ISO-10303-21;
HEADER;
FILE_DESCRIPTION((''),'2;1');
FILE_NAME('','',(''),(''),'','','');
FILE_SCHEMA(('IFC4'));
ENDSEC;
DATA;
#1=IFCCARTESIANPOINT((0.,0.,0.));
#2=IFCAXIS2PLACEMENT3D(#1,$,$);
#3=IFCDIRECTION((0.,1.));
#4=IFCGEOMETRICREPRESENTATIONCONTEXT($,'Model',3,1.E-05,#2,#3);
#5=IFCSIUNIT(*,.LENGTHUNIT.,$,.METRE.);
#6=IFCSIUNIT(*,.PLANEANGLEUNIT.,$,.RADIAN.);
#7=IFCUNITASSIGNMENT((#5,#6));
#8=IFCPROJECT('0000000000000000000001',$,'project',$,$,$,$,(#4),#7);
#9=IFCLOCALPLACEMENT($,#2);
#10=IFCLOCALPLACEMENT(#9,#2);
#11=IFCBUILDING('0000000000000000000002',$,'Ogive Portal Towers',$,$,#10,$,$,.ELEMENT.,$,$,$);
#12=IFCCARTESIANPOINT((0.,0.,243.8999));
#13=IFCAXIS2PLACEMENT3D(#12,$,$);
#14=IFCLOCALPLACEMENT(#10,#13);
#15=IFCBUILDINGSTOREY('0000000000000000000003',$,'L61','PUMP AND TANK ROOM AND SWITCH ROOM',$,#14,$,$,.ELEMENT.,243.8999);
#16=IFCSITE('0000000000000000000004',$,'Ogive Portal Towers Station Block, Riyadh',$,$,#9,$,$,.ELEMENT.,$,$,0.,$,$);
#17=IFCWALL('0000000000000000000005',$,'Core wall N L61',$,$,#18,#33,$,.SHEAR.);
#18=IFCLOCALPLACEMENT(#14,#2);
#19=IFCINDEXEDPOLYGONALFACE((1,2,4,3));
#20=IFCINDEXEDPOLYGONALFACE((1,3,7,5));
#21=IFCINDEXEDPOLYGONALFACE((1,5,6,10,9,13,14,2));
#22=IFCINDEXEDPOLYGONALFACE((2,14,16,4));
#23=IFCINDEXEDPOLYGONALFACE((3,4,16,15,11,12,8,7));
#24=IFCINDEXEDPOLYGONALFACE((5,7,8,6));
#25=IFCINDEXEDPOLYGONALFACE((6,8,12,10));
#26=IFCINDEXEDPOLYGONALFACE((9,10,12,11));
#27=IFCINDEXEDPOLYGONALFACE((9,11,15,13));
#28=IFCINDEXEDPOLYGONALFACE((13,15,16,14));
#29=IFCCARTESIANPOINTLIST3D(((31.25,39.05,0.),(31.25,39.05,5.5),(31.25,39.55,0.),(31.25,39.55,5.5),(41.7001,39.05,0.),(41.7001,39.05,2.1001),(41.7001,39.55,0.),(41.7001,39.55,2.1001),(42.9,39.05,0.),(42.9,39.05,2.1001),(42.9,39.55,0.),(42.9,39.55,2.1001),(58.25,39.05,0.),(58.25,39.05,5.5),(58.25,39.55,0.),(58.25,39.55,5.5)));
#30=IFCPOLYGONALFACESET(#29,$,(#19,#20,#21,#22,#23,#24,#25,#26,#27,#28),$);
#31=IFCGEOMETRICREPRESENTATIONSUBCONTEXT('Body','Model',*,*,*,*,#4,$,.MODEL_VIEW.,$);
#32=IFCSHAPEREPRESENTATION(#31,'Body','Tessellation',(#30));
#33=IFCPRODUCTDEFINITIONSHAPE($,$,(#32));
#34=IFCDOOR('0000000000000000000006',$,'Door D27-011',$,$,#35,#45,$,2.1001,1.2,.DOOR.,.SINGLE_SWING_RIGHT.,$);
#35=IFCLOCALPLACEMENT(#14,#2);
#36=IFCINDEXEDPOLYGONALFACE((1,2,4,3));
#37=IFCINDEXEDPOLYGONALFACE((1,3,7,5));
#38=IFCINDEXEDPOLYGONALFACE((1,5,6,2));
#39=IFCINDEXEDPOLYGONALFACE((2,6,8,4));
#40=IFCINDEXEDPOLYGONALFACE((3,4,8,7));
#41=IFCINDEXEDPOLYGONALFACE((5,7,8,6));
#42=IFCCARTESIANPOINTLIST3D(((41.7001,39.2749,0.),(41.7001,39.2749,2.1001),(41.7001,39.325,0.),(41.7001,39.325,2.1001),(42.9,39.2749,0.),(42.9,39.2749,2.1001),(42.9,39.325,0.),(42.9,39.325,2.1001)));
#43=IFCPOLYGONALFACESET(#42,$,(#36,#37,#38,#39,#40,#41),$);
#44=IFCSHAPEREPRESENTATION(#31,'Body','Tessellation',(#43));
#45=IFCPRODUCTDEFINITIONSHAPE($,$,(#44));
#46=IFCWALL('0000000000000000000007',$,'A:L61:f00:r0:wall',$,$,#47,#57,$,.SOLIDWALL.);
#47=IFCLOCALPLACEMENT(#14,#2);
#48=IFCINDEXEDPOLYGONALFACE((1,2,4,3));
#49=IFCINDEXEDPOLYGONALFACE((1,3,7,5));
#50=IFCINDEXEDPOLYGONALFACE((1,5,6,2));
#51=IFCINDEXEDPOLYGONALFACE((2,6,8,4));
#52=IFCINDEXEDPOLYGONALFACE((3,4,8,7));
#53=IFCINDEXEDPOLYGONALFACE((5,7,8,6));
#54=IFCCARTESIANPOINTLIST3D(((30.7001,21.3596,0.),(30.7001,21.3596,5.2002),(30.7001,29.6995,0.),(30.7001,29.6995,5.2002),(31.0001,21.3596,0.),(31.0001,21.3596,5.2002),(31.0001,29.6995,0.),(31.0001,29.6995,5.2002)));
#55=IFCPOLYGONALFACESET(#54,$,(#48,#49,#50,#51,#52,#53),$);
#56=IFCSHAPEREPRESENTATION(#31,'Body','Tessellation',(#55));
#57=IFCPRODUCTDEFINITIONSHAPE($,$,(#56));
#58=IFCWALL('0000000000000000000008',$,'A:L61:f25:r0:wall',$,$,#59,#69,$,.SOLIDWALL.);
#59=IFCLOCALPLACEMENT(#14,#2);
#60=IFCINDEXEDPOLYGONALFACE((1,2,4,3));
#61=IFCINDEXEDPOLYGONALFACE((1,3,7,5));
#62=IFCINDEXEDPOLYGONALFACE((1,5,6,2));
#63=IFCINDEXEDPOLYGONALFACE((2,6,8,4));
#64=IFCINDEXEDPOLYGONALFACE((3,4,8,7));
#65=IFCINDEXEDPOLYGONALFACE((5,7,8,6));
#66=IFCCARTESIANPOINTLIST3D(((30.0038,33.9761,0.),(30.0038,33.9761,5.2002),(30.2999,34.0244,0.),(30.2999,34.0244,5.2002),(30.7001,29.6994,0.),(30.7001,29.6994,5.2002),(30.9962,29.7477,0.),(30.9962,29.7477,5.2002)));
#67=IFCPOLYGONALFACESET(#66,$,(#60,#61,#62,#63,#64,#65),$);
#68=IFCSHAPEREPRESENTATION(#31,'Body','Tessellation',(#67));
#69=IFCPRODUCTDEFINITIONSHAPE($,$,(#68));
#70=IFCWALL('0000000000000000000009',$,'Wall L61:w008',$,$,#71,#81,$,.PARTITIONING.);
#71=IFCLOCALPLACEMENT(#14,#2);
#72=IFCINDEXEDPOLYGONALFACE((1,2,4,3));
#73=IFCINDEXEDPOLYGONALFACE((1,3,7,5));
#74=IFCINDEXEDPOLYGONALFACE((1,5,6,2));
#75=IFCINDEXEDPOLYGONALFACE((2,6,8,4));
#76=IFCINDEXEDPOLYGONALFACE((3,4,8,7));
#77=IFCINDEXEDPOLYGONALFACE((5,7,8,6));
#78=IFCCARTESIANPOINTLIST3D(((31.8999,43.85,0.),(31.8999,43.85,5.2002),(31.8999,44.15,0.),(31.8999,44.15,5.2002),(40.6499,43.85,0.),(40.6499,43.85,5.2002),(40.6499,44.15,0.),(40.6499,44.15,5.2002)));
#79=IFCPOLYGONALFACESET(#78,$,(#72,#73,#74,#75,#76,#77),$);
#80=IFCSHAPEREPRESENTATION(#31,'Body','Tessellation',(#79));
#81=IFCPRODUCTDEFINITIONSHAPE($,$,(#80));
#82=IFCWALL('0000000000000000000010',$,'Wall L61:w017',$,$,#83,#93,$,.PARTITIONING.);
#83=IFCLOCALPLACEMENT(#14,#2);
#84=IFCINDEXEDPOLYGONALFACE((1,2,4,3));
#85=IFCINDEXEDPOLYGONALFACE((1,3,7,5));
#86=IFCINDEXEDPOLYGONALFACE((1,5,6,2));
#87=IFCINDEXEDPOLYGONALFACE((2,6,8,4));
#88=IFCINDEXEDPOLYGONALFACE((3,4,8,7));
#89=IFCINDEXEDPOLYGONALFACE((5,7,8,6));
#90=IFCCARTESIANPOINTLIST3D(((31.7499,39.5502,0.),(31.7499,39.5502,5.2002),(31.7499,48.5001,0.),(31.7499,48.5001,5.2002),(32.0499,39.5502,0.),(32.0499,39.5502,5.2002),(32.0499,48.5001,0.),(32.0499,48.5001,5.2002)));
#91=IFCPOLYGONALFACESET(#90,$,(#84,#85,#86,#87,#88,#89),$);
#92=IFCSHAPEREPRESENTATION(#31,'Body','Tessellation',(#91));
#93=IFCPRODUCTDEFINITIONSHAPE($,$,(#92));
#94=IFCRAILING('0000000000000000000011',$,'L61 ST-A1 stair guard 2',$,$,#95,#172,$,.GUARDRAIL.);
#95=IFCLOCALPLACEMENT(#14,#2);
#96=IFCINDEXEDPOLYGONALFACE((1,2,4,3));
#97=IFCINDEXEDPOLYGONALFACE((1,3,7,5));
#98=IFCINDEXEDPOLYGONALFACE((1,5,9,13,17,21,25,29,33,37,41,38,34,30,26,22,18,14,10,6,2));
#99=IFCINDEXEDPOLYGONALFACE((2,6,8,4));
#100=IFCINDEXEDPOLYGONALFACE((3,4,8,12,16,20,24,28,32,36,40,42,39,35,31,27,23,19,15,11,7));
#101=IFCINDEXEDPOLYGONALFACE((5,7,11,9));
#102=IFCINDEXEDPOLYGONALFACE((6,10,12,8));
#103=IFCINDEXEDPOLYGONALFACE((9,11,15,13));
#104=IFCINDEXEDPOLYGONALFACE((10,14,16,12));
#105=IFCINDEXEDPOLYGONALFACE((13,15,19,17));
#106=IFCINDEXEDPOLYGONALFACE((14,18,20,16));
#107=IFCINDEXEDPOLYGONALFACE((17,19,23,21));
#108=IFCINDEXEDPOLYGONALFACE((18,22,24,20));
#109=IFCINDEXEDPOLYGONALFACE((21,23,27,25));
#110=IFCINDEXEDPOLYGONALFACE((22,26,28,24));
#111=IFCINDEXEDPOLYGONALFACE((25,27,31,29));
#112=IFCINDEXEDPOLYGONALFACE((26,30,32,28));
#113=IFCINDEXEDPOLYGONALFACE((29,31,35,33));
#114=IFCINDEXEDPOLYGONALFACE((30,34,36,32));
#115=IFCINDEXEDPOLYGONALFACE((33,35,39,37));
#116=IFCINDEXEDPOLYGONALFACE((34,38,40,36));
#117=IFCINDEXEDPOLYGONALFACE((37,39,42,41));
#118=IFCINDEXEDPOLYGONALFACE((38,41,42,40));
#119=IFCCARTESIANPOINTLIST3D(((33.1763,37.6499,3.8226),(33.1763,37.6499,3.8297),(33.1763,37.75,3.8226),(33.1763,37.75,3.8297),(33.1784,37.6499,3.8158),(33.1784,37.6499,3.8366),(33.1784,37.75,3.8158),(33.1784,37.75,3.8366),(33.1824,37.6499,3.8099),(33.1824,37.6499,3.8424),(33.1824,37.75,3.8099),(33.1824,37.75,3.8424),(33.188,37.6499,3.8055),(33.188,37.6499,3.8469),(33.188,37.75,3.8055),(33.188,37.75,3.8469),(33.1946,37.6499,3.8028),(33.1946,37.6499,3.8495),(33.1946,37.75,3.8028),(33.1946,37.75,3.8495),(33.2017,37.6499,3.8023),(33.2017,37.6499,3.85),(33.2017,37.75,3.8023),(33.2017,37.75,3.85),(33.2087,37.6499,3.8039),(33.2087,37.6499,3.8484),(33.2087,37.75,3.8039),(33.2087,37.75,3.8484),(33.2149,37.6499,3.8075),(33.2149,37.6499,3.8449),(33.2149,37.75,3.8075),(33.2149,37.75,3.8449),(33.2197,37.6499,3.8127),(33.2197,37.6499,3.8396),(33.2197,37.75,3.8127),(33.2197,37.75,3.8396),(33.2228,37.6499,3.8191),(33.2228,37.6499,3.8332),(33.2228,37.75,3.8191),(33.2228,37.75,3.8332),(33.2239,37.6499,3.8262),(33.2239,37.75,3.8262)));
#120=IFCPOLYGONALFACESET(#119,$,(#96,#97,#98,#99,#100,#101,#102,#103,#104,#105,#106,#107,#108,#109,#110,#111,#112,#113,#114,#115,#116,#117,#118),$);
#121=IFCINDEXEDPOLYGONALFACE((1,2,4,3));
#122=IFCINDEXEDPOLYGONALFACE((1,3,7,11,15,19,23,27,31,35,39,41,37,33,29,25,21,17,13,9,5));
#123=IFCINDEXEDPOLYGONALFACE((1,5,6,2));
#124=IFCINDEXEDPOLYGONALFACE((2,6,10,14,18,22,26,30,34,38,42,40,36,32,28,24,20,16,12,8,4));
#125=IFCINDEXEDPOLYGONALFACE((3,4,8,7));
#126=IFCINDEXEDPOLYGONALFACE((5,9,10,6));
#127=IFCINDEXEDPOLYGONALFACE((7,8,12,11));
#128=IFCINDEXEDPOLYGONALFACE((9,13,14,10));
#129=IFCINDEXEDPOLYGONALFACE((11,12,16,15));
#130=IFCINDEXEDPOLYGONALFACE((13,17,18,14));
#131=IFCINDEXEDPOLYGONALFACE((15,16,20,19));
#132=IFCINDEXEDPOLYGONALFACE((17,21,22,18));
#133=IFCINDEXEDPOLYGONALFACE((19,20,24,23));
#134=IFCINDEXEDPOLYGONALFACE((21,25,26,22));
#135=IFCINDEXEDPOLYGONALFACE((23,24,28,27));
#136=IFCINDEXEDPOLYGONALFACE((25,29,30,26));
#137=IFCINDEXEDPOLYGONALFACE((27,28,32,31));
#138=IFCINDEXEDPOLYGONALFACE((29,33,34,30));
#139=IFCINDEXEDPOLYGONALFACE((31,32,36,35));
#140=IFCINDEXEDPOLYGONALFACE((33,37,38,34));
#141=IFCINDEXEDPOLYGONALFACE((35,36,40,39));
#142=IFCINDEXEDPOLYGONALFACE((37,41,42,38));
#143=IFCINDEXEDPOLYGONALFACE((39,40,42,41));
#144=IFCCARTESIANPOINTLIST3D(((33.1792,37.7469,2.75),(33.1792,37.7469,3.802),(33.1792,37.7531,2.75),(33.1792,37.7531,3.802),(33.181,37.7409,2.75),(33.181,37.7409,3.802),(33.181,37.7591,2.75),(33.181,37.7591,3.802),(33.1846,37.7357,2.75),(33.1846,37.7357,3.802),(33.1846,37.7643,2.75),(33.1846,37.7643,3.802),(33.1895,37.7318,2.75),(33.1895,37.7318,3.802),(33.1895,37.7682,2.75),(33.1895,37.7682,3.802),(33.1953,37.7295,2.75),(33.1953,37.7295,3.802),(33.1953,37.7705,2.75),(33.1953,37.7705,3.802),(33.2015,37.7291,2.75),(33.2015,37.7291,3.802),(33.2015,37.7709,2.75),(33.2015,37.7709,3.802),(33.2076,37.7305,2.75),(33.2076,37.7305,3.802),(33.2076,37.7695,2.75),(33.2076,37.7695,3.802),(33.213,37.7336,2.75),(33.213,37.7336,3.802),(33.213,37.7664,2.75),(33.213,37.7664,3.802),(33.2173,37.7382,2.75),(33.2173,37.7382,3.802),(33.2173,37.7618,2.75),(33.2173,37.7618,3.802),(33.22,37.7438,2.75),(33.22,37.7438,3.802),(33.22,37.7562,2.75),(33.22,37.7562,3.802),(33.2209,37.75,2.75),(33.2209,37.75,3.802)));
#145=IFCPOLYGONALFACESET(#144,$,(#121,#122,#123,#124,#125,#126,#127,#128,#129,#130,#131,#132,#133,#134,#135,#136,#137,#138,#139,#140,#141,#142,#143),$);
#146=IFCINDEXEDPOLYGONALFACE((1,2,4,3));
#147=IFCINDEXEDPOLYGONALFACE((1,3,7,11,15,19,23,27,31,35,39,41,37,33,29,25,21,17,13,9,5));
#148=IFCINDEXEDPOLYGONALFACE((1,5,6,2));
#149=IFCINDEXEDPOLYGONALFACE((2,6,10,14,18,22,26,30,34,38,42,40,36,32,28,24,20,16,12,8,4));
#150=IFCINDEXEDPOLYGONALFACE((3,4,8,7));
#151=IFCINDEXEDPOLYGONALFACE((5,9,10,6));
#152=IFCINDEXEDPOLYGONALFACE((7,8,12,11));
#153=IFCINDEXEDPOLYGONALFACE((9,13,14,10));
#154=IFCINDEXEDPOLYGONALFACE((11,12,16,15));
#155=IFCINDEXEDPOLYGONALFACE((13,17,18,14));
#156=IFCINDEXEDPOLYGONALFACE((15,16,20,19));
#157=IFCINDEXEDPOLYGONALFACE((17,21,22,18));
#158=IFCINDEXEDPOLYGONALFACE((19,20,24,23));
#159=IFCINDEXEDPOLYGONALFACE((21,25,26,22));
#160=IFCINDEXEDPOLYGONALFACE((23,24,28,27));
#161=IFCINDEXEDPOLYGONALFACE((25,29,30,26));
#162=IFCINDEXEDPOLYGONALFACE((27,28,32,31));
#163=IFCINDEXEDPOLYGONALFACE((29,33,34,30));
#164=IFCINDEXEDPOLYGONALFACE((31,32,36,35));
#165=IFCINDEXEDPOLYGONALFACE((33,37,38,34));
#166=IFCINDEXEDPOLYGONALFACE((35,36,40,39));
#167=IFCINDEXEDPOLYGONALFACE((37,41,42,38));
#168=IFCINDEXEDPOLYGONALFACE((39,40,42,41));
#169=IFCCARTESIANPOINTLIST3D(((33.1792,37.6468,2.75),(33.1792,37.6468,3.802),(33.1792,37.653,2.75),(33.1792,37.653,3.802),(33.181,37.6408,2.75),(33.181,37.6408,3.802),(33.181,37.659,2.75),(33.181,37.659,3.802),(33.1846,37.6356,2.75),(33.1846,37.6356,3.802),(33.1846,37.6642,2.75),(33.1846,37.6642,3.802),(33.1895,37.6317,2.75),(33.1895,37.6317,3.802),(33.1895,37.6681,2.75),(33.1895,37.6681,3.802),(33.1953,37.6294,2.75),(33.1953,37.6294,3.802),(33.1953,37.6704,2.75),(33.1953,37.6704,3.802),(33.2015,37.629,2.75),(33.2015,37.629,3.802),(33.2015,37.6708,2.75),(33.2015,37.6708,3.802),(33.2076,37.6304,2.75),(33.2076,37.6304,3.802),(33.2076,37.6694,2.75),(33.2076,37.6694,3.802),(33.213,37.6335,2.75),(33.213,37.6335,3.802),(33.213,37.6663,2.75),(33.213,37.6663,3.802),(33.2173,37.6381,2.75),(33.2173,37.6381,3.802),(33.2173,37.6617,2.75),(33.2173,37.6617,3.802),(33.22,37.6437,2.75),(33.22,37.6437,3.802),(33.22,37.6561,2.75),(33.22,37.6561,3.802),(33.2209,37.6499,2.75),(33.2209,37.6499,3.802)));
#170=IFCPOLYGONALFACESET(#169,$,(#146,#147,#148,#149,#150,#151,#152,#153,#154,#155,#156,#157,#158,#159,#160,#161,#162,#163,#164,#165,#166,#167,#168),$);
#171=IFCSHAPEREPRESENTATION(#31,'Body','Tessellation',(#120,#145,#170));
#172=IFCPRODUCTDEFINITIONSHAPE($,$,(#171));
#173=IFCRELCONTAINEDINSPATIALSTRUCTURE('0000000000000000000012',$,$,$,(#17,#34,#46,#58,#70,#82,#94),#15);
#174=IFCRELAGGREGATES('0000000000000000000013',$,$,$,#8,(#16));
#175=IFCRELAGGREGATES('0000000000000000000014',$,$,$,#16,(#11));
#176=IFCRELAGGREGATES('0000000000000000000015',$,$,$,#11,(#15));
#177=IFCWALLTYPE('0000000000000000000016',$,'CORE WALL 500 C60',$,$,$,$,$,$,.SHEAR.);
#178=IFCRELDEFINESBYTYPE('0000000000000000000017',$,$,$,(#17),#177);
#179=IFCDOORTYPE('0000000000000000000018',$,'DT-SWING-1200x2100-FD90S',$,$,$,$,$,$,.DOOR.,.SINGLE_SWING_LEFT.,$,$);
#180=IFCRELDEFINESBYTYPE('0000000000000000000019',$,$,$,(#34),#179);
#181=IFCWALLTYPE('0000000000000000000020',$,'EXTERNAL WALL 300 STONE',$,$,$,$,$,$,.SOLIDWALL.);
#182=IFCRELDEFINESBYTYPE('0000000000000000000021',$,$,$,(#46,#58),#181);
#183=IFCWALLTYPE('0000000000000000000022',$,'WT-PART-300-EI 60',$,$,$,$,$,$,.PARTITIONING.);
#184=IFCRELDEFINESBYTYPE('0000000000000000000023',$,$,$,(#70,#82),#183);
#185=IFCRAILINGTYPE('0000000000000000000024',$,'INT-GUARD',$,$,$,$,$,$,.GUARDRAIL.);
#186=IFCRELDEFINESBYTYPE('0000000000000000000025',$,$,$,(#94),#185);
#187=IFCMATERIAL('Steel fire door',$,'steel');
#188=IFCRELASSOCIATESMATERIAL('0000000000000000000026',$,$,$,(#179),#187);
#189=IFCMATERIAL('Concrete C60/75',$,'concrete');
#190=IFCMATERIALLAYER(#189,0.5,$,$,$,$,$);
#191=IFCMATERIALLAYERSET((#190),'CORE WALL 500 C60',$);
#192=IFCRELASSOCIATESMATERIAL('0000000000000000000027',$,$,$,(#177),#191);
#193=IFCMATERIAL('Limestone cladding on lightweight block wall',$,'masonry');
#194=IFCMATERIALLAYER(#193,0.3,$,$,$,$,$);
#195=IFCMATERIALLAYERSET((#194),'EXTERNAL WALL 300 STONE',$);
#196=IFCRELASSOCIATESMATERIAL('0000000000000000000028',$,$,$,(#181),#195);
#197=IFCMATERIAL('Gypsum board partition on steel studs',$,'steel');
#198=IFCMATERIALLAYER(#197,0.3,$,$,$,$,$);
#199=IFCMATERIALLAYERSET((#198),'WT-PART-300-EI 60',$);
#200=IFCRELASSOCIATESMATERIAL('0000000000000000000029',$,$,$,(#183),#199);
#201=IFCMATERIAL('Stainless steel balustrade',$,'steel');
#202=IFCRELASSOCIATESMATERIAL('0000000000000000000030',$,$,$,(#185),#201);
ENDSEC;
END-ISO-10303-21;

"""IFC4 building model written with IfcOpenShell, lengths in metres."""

from ifc_helpers import new_model, si_unit, direction, frame, frame_2d, origin, origin_2d, place, context, subcontext, project, spatial, rectangle, circle, extrude, material, layer, layer_set, type_object, element, fill, save


model = new_model("IFC4")

# Units and contexts
model_context = context("Model", 3, precision=1e-05, world=origin(), true_north=direction((0.0, 1.0)))
body_context = subcontext(model_context, "Body", "Model", "MODEL_VIEW")
ifc_project = project(units=[si_unit("LENGTHUNIT", "METRE"), si_unit("PLANEANGLEUNIT", "RADIAN")], contexts=[model_context])

# Site, building, storey
site_placement = place(None, origin())
site = spatial("IfcSite", under=ifc_project, at=site_placement, Name="Ogive Portal Towers Station Block, Riyadh", CompositionType="ELEMENT", RefElevation=0.0)
building_placement = place(site_placement, origin())
building = spatial("IfcBuilding", under=site, at=building_placement, Name="Ogive Portal Towers", CompositionType="ELEMENT")
storey_placement = place(building_placement, frame((0.0, 0.0, 243.8999)))
storey = spatial("IfcBuildingStorey", under=building, at=storey_placement, Name="L61", Description="PUMP AND TANK ROOM AND SWITCH ROOM", CompositionType="ELEMENT", Elevation=243.8999)

# Shared definitions
ifc_material_1 = material(Name="Concrete C60/75", Category="concrete")
ifc_material_2 = material(Name="Steel fire door", Category="steel")

# Shared definitions
door_type_1 = type_object("IfcDoorType", Name="DT-SWING-1200x2100-FD90S", OperationType="SINGLE_SWING_LEFT", PredefinedType="DOOR", material=ifc_material_2)

# Wall, opening, door
ifc_layer_1 = layer(ifc_material_1, 0.5)
ifc_layer_set_1 = layer_set([ifc_layer_1], Name="CORE WALL 500 C60")
wall_type_1 = type_object("IfcWallType", Name="CORE WALL 500 C60", PredefinedType="SHEAR", material=ifc_layer_set_1)
wall_1_placement = place(storey_placement, frame((31.25, 39.3, 0.0), z_axis=(0.0, 0.0, 1.0), x_axis=(1.0, 0.0, 0.0)))
wall_1 = element("IfcWall", 1, at=wall_1_placement, inside=storey, type_object=wall_type_1, Name="Core wall N L61", PredefinedType="SHEAR", context=body_context, shape_type="SweptSolid", body=[
    extrude(rectangle(XDim=27.0, YDim=0.5, at=frame_2d((13.5, 0.0))), origin(), (0.0, 0.0, 1.0), 5.5),
])
opening_1_placement = place(wall_1_placement, frame((10.45, 0.0, 0.0)))
opening_1 = element("IfcOpeningElement", 2, at=opening_1_placement, cuts=wall_1, PredefinedType="OPENING", context=body_context, shape_type="SweptSolid", body=[
    extrude(rectangle(XDim=1.2, YDim=2.1001, at=frame_2d((0.6001, 1.05))), frame((0.0, 0.26, 0.0), z_axis=(0.0, -1.0, 0.0), x_axis=(1.0, 0.0, 0.0)), (0.0, 0.0, 1.0), 0.52),
])
door_1_placement = place(opening_1_placement, origin())
door_1 = element("IfcDoor", 3, at=door_1_placement, inside=storey, type_object=door_type_1, Name="Door D27-011", OperationType="SINGLE_SWING_RIGHT", OverallHeight=2.1001, OverallWidth=1.2, PredefinedType="DOOR", context=body_context, shape_type="SweptSolid", body=[
    extrude(rectangle(XDim=1.2, YDim=2.1001, at=frame_2d((0.6001, 1.05))), frame((0.0, 0.0249, 0.0), z_axis=(0.0, -1.0, 0.0), x_axis=(1.0, 0.0, 0.0)), (0.0, 0.0, 1.0), 0.05),
])
fill(opening_1, door_1)

# Walls
ifc_material_3 = material(Name="Limestone cladding on lightweight block wall", Category="masonry")
ifc_layer_2 = layer(ifc_material_3, 0.3)
ifc_layer_set_2 = layer_set([ifc_layer_2], Name="EXTERNAL WALL 300 STONE")
wall_type_2 = type_object("IfcWallType", Name="EXTERNAL WALL 300 STONE", PredefinedType="SOLIDWALL", material=ifc_layer_set_2)
wall_2_placement = place(storey_placement, frame((30.8501, 29.6995, 0.0), z_axis=(0.0, 0.0, 1.0), x_axis=(0.0, -1.0, 0.0)))
element("IfcWall", 4, at=wall_2_placement, inside=storey, type_object=wall_type_2, Name="A:L61:f00:r0:wall", PredefinedType="SOLIDWALL", context=body_context, shape_type="SweptSolid", body=[
    extrude(rectangle(XDim=8.3398, YDim=0.3, at=frame_2d((4.1699, 0.0))), origin(), (0.0, 0.0, 1.0), 5.2002),
])
wall_3_placement = place(storey_placement, frame((30.1519, 34.0002, 0.0), z_axis=(0.0, 0.0, 1.0), x_axis=(0.160697, -0.987004, 0.0)))
element("IfcWall", 5, at=wall_3_placement, inside=storey, type_object=wall_type_2, Name="A:L61:f25:r0:wall", PredefinedType="SOLIDWALL", context=body_context, shape_type="SweptSolid", body=[
    extrude(rectangle(XDim=4.333, YDim=0.3, at=frame_2d((2.1665, 0.0))), origin(), (0.0, 0.0, 1.0), 5.2002),
])
ifc_material_4 = material(Name="Gypsum board partition on steel studs", Category="steel")
ifc_layer_3 = layer(ifc_material_4, 0.3)
ifc_layer_set_3 = layer_set([ifc_layer_3], Name="WT-PART-300-EI 60")
wall_type_3 = type_object("IfcWallType", Name="WT-PART-300-EI 60", PredefinedType="PARTITIONING", material=ifc_layer_set_3)
wall_4_placement = place(storey_placement, frame((31.8999, 44.0, 0.0), z_axis=(0.0, 0.0, 1.0), x_axis=(1.0, 0.0, 0.0)))
element("IfcWall", 6, at=wall_4_placement, inside=storey, type_object=wall_type_3, Name="Wall L61:w008", PredefinedType="PARTITIONING", context=body_context, shape_type="SweptSolid", body=[
    extrude(rectangle(XDim=8.75, YDim=0.3, at=frame_2d((4.375, 0.0))), origin(), (0.0, 0.0, 1.0), 5.2002),
])
wall_5_placement = place(storey_placement, frame((31.8999, 39.55, 0.0), z_axis=(0.0, 0.0, 1.0), x_axis=(0.0, 1.0, 0.0)))
element("IfcWall", 7, at=wall_5_placement, inside=storey, type_object=wall_type_3, Name="Wall L61:w017", PredefinedType="PARTITIONING", context=body_context, shape_type="SweptSolid", body=[
    extrude(rectangle(XDim=8.95, YDim=0.3, at=frame_2d((4.4751, 0.0))), origin(), (0.0, 0.0, 1.0), 5.2002),
])

# Railing
ifc_material_5 = material(Name="Stainless steel balustrade", Category="steel")
railing_type_1 = type_object("IfcRailingType", Name="INT-GUARD", PredefinedType="GUARDRAIL", material=ifc_material_5)
railing_1_placement = place(storey_placement, frame((33.2, 37.75, 2.75)))
element("IfcRailing", 8, at=railing_1_placement, inside=storey, type_object=railing_type_1, Name="L61 ST-A1 stair guard 2", PredefinedType="GUARDRAIL", context=body_context, shape_type="SweptSolid", body=[
    extrude(circle(Radius=0.0239, at=origin_2d()), frame((0.0, 0.0, 1.0762), z_axis=(0.0, -1.0, 0.0), x_axis=(1.0, 0.0, 0.0)), (0.0, 0.0, 1.0), 0.1001),
    extrude(circle(Radius=0.021, at=origin_2d()), origin(), (0.0, 0.0, 1.0), 1.052),
    extrude(circle(Radius=0.021, at=origin_2d()), frame((0.0, -0.1001, 0.0)), (0.0, 0.0, 1.0), 1.052),
])

save(model, "model.ifc")
